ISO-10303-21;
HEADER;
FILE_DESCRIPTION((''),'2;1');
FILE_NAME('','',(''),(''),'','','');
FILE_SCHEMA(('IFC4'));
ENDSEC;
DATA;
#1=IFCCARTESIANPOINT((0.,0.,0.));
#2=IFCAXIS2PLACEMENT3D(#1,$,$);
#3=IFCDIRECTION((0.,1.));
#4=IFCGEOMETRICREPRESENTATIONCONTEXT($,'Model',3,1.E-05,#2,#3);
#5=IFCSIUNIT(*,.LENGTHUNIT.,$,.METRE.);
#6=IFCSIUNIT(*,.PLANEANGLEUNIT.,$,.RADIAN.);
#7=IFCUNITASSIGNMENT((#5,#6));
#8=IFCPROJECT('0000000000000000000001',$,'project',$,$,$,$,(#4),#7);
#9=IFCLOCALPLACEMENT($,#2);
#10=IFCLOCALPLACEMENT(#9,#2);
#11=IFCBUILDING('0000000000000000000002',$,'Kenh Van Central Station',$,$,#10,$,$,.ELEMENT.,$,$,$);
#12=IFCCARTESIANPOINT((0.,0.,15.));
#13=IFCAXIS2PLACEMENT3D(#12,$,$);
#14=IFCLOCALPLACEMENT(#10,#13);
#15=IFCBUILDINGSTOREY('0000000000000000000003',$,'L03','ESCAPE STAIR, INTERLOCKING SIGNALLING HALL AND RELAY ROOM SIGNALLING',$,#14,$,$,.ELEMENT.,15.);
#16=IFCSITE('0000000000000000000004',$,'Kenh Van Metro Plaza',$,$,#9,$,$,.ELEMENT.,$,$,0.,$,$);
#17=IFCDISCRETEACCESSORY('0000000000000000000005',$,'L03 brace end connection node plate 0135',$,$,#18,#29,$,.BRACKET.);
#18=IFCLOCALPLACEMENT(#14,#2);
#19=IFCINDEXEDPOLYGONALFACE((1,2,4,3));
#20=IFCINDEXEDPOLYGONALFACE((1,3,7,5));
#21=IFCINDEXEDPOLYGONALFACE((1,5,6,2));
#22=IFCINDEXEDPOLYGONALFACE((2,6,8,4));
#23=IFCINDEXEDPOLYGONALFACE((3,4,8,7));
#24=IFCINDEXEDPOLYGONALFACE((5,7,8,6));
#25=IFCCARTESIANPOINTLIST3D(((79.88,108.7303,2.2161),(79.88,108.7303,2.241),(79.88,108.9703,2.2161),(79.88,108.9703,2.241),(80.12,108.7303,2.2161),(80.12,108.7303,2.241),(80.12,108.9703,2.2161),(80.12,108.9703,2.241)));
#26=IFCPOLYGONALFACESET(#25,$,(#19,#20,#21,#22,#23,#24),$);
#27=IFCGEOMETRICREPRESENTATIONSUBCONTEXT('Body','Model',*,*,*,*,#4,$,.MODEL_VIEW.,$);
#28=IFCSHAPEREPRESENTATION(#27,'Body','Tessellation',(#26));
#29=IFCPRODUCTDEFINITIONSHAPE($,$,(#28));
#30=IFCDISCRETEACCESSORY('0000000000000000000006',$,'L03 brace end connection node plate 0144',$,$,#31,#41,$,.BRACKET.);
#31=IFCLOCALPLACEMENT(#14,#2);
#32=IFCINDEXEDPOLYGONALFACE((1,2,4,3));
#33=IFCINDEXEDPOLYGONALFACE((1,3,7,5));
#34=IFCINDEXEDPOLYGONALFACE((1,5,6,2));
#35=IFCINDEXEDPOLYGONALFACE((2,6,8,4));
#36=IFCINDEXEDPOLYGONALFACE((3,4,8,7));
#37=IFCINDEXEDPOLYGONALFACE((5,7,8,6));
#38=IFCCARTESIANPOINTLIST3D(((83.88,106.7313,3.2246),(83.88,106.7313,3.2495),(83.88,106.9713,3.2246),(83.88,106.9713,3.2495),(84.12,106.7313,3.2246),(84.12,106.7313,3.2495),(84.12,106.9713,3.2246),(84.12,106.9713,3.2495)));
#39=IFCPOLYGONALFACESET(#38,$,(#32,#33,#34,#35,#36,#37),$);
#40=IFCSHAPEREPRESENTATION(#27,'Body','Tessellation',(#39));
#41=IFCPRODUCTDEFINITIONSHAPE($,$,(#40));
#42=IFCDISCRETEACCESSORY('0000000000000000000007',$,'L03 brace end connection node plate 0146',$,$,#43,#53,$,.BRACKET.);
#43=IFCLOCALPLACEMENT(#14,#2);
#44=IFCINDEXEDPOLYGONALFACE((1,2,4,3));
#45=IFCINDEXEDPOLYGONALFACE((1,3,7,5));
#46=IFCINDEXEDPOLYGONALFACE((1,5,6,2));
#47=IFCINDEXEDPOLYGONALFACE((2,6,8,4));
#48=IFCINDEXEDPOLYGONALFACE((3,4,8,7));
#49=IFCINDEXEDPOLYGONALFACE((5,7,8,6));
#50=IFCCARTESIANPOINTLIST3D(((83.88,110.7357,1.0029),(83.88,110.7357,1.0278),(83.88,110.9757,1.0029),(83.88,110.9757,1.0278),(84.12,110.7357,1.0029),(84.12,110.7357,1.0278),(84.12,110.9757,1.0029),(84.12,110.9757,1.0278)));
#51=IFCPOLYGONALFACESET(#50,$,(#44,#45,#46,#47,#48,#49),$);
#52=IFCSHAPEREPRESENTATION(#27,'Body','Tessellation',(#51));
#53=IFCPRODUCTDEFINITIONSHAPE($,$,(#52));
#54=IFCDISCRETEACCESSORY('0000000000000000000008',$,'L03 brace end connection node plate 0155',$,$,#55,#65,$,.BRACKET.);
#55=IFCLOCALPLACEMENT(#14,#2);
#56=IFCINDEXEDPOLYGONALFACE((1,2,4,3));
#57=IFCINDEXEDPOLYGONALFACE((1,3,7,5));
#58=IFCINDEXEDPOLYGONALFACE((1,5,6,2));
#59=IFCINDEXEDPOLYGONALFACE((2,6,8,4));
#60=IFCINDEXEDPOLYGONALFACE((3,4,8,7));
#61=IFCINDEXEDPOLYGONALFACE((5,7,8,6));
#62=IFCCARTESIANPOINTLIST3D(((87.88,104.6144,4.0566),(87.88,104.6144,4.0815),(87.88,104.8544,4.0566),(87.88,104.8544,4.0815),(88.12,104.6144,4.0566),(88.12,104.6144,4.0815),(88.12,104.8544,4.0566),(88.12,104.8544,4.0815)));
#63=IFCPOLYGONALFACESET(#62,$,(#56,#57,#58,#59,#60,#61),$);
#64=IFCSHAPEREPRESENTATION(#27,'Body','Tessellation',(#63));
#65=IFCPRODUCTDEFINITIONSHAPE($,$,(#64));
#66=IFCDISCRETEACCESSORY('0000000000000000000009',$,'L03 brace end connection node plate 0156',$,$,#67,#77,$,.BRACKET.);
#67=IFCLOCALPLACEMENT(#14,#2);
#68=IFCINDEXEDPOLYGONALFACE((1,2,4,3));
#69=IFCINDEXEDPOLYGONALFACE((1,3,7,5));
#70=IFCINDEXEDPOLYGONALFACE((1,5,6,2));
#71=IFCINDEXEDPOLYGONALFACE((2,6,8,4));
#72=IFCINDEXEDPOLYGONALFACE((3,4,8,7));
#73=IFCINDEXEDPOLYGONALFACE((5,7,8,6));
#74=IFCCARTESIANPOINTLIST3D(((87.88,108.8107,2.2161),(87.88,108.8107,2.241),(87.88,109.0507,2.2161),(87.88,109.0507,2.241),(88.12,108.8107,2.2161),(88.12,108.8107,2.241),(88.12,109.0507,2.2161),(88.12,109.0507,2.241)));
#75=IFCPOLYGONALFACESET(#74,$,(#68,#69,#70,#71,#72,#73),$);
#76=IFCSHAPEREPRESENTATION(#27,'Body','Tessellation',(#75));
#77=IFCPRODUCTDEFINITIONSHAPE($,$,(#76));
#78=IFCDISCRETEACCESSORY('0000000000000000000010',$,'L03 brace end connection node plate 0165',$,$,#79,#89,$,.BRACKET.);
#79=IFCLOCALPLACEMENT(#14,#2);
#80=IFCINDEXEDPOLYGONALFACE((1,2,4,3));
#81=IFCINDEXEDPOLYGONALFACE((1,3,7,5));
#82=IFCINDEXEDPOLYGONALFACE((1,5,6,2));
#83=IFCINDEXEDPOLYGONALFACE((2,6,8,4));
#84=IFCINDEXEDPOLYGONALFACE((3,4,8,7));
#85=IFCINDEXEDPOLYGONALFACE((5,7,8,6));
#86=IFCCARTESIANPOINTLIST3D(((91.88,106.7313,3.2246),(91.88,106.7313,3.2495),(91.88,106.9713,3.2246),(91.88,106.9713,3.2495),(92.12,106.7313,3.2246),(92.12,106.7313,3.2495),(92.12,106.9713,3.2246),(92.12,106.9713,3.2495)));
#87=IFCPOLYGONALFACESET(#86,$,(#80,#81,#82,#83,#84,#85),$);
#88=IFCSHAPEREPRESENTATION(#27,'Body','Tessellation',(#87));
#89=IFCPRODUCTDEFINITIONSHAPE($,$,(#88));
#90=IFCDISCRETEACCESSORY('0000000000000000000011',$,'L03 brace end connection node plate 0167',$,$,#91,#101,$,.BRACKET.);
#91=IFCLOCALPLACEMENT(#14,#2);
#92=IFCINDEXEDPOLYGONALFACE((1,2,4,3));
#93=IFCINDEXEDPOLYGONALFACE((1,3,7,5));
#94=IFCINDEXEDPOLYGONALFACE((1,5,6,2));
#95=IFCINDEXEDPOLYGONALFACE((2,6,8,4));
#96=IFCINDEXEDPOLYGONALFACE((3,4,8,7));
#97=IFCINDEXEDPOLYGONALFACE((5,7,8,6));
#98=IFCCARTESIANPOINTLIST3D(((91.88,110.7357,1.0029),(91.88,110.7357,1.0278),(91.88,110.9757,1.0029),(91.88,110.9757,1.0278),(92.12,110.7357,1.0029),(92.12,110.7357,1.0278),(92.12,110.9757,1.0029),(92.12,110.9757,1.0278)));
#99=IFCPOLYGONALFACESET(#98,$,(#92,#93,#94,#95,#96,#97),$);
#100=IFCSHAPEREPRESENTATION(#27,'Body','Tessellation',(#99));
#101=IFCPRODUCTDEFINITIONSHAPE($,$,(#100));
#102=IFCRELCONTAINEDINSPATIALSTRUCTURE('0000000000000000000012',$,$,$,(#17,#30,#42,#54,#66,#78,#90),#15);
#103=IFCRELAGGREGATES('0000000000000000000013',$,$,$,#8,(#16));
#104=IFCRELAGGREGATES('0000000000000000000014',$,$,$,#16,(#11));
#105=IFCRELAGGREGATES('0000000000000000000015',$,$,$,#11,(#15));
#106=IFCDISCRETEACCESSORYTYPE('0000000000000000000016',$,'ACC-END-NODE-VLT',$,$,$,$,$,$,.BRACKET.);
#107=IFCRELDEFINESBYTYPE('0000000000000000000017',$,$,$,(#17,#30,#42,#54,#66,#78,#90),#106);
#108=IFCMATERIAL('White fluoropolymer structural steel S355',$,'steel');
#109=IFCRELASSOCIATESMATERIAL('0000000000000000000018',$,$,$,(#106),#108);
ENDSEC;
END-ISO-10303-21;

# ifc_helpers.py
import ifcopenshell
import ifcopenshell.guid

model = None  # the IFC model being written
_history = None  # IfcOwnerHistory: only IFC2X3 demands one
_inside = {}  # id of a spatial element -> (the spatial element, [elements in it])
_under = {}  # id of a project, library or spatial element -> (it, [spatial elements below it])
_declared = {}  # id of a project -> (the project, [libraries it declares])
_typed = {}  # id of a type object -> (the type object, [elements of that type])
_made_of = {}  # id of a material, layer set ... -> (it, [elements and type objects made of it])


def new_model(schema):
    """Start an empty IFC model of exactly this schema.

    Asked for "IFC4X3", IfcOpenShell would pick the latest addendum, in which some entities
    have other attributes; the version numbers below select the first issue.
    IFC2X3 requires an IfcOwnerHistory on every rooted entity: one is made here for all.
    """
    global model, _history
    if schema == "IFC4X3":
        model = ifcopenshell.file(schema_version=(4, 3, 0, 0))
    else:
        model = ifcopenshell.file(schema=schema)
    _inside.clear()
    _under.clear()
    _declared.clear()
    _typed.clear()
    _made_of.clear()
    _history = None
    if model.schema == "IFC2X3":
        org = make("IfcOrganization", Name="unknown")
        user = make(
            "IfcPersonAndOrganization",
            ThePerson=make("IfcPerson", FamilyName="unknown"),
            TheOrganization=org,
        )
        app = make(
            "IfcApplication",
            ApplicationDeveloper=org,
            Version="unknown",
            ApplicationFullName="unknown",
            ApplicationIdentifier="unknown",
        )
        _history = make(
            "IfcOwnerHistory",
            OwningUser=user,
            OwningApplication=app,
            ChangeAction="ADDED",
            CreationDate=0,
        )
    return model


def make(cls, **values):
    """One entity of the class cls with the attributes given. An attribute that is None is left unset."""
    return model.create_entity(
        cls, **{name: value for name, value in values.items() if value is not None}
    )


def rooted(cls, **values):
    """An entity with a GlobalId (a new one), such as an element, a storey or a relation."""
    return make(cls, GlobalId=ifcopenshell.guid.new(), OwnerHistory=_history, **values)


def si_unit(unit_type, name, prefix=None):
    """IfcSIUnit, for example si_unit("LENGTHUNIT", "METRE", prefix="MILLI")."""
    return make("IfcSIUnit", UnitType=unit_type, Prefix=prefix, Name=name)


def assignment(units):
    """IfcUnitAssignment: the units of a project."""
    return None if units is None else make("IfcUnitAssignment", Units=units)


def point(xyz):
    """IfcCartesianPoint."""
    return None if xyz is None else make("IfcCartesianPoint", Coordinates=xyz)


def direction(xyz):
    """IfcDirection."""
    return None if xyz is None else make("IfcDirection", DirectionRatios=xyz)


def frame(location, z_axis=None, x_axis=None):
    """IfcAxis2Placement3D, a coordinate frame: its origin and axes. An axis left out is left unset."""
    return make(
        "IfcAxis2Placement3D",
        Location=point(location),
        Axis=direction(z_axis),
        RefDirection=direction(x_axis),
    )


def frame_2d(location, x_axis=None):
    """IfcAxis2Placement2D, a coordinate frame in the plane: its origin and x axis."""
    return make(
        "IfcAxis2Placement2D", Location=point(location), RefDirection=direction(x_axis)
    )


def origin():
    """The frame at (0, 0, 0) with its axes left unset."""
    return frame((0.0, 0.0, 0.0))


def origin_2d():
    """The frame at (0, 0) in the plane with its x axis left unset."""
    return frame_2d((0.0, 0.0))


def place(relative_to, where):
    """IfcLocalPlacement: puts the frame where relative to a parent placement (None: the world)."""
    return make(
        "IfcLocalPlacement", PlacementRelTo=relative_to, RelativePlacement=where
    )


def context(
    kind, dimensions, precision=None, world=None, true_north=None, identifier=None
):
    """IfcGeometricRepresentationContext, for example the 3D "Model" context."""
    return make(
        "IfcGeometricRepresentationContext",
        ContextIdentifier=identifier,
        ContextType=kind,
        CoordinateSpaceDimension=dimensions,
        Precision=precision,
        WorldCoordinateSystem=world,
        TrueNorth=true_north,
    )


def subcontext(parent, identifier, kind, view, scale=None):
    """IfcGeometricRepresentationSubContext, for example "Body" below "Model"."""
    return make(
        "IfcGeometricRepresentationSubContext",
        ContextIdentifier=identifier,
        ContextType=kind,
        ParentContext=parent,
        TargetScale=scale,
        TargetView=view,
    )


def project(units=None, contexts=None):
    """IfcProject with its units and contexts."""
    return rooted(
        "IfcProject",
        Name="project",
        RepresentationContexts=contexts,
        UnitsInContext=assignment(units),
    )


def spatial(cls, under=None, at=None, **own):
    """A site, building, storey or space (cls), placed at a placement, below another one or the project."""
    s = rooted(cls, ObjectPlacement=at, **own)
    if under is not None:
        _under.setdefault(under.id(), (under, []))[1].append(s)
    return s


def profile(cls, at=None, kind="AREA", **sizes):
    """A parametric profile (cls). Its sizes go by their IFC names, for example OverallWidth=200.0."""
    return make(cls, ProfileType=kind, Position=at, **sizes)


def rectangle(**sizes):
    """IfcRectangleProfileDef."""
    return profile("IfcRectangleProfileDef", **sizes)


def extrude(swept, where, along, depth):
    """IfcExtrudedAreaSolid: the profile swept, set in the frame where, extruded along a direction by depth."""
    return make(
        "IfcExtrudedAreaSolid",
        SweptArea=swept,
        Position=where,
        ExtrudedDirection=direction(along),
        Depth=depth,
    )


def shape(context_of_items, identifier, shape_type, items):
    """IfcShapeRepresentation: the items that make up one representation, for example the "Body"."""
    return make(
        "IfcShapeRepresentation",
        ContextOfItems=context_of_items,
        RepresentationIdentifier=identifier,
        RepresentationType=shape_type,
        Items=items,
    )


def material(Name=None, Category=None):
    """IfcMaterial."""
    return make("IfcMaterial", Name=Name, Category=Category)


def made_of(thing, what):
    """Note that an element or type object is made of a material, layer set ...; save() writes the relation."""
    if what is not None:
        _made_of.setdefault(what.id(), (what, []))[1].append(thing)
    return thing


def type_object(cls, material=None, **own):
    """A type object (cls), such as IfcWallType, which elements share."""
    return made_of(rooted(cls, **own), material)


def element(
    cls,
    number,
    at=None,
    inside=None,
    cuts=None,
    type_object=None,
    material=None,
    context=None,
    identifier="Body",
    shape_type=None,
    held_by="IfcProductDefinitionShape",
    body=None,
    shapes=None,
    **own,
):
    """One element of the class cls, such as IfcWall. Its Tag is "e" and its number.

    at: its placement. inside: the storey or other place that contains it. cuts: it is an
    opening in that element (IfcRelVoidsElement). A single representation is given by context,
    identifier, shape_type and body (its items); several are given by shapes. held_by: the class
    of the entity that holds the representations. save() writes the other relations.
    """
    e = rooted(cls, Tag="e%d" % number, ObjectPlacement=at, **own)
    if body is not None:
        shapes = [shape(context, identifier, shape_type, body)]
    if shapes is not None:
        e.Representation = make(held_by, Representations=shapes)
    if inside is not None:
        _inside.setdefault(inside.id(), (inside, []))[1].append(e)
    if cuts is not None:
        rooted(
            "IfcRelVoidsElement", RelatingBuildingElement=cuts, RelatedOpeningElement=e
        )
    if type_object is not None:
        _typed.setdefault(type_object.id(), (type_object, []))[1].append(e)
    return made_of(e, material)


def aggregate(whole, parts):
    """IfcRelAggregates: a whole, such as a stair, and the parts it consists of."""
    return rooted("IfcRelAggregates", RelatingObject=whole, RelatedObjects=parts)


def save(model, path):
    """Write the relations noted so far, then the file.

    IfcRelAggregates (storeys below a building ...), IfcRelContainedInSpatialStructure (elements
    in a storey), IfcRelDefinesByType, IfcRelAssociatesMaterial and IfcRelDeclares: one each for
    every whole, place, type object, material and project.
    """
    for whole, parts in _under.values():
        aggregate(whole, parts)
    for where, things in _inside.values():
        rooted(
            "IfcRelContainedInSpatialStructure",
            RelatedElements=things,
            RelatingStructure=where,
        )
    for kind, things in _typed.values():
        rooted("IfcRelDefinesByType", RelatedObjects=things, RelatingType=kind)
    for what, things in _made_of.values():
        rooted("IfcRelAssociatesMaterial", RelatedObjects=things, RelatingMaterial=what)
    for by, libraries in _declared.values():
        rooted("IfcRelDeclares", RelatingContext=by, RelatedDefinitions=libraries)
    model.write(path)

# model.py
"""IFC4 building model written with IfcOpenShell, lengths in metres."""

from ifc_helpers import new_model, si_unit, direction, frame, origin, origin_2d, place, context, subcontext, project, spatial, rectangle, extrude, material, type_object, element, save


model = new_model("IFC4")

# Units and contexts
model_context = context("Model", 3, precision=1e-05, world=origin(), true_north=direction((0.0, 1.0)))
body_context = subcontext(model_context, "Body", "Model", "MODEL_VIEW")
ifc_project = project(units=[si_unit("LENGTHUNIT", "METRE"), si_unit("PLANEANGLEUNIT", "RADIAN")], contexts=[model_context])

# Site, building, storey
site_placement = place(None, origin())
site = spatial("IfcSite", under=ifc_project, at=site_placement, Name="Kenh Van Metro Plaza", CompositionType="ELEMENT", RefElevation=0.0)
building_placement = place(site_placement, origin())
building = spatial("IfcBuilding", under=site, at=building_placement, Name="Kenh Van Central Station", CompositionType="ELEMENT")
storey_placement = place(building_placement, frame((0.0, 0.0, 15.0)))
storey = spatial("IfcBuildingStorey", under=building, at=storey_placement, Name="L03", Description="ESCAPE STAIR, INTERLOCKING SIGNALLING HALL AND RELAY ROOM SIGNALLING", CompositionType="ELEMENT", Elevation=15.0)

# Shared definitions
ifc_material_1 = material(Name="White fluoropolymer structural steel S355", Category="steel")

# Discrete accessories
discrete_accessory_type = type_object("IfcDiscreteAccessoryType", Name="ACC-END-NODE-VLT", PredefinedType="BRACKET", material=ifc_material_1)
for number, where, z_axis, x_axis, name in (
    (1, (80.0, 108.8503, 2.2161), (0.0, 0.0, 1.0), (1.0, 0.0, 0.0), "L03 brace end connection node plate 0135"),
    (2, (84.0, 106.8513, 3.2246), (0.0, 0.0, 1.0), (1.0, 0.0, 0.0), "L03 brace end connection node plate 0144"),
    (3, (84.0, 110.8557, 1.0029), (0.0, 0.0, 1.0), (1.0, 0.0, 0.0), "L03 brace end connection node plate 0146"),
    (4, (88.0, 104.7344, 4.0566), (0.0, 0.0, 1.0), (1.0, 0.0, 0.0), "L03 brace end connection node plate 0155"),
    (5, (88.0, 108.9307, 2.2161), (0.0, 0.0, 1.0), (1.0, 0.0, 0.0), "L03 brace end connection node plate 0156"),
    (6, (92.0, 106.8513, 3.2246), (0.0, 0.0, 1.0), (1.0, 0.0, 0.0), "L03 brace end connection node plate 0165"),
    (7, (92.0, 110.8557, 1.0029), (0.0, 0.0, 1.0), (1.0, 0.0, 0.0), "L03 brace end connection node plate 0167"),
):
    element("IfcDiscreteAccessory", number, at=place(storey_placement, frame(where, z_axis=z_axis, x_axis=x_axis)), inside=storey, type_object=discrete_accessory_type, Name=name, PredefinedType="BRACKET", context=body_context, shape_type="SweptSolid", body=[
        extrude(rectangle(XDim=0.24, YDim=0.24, at=origin_2d()), origin(), (0.0, 0.0, 1.0), 0.0249),
    ])

save(model, "model.ifc")
